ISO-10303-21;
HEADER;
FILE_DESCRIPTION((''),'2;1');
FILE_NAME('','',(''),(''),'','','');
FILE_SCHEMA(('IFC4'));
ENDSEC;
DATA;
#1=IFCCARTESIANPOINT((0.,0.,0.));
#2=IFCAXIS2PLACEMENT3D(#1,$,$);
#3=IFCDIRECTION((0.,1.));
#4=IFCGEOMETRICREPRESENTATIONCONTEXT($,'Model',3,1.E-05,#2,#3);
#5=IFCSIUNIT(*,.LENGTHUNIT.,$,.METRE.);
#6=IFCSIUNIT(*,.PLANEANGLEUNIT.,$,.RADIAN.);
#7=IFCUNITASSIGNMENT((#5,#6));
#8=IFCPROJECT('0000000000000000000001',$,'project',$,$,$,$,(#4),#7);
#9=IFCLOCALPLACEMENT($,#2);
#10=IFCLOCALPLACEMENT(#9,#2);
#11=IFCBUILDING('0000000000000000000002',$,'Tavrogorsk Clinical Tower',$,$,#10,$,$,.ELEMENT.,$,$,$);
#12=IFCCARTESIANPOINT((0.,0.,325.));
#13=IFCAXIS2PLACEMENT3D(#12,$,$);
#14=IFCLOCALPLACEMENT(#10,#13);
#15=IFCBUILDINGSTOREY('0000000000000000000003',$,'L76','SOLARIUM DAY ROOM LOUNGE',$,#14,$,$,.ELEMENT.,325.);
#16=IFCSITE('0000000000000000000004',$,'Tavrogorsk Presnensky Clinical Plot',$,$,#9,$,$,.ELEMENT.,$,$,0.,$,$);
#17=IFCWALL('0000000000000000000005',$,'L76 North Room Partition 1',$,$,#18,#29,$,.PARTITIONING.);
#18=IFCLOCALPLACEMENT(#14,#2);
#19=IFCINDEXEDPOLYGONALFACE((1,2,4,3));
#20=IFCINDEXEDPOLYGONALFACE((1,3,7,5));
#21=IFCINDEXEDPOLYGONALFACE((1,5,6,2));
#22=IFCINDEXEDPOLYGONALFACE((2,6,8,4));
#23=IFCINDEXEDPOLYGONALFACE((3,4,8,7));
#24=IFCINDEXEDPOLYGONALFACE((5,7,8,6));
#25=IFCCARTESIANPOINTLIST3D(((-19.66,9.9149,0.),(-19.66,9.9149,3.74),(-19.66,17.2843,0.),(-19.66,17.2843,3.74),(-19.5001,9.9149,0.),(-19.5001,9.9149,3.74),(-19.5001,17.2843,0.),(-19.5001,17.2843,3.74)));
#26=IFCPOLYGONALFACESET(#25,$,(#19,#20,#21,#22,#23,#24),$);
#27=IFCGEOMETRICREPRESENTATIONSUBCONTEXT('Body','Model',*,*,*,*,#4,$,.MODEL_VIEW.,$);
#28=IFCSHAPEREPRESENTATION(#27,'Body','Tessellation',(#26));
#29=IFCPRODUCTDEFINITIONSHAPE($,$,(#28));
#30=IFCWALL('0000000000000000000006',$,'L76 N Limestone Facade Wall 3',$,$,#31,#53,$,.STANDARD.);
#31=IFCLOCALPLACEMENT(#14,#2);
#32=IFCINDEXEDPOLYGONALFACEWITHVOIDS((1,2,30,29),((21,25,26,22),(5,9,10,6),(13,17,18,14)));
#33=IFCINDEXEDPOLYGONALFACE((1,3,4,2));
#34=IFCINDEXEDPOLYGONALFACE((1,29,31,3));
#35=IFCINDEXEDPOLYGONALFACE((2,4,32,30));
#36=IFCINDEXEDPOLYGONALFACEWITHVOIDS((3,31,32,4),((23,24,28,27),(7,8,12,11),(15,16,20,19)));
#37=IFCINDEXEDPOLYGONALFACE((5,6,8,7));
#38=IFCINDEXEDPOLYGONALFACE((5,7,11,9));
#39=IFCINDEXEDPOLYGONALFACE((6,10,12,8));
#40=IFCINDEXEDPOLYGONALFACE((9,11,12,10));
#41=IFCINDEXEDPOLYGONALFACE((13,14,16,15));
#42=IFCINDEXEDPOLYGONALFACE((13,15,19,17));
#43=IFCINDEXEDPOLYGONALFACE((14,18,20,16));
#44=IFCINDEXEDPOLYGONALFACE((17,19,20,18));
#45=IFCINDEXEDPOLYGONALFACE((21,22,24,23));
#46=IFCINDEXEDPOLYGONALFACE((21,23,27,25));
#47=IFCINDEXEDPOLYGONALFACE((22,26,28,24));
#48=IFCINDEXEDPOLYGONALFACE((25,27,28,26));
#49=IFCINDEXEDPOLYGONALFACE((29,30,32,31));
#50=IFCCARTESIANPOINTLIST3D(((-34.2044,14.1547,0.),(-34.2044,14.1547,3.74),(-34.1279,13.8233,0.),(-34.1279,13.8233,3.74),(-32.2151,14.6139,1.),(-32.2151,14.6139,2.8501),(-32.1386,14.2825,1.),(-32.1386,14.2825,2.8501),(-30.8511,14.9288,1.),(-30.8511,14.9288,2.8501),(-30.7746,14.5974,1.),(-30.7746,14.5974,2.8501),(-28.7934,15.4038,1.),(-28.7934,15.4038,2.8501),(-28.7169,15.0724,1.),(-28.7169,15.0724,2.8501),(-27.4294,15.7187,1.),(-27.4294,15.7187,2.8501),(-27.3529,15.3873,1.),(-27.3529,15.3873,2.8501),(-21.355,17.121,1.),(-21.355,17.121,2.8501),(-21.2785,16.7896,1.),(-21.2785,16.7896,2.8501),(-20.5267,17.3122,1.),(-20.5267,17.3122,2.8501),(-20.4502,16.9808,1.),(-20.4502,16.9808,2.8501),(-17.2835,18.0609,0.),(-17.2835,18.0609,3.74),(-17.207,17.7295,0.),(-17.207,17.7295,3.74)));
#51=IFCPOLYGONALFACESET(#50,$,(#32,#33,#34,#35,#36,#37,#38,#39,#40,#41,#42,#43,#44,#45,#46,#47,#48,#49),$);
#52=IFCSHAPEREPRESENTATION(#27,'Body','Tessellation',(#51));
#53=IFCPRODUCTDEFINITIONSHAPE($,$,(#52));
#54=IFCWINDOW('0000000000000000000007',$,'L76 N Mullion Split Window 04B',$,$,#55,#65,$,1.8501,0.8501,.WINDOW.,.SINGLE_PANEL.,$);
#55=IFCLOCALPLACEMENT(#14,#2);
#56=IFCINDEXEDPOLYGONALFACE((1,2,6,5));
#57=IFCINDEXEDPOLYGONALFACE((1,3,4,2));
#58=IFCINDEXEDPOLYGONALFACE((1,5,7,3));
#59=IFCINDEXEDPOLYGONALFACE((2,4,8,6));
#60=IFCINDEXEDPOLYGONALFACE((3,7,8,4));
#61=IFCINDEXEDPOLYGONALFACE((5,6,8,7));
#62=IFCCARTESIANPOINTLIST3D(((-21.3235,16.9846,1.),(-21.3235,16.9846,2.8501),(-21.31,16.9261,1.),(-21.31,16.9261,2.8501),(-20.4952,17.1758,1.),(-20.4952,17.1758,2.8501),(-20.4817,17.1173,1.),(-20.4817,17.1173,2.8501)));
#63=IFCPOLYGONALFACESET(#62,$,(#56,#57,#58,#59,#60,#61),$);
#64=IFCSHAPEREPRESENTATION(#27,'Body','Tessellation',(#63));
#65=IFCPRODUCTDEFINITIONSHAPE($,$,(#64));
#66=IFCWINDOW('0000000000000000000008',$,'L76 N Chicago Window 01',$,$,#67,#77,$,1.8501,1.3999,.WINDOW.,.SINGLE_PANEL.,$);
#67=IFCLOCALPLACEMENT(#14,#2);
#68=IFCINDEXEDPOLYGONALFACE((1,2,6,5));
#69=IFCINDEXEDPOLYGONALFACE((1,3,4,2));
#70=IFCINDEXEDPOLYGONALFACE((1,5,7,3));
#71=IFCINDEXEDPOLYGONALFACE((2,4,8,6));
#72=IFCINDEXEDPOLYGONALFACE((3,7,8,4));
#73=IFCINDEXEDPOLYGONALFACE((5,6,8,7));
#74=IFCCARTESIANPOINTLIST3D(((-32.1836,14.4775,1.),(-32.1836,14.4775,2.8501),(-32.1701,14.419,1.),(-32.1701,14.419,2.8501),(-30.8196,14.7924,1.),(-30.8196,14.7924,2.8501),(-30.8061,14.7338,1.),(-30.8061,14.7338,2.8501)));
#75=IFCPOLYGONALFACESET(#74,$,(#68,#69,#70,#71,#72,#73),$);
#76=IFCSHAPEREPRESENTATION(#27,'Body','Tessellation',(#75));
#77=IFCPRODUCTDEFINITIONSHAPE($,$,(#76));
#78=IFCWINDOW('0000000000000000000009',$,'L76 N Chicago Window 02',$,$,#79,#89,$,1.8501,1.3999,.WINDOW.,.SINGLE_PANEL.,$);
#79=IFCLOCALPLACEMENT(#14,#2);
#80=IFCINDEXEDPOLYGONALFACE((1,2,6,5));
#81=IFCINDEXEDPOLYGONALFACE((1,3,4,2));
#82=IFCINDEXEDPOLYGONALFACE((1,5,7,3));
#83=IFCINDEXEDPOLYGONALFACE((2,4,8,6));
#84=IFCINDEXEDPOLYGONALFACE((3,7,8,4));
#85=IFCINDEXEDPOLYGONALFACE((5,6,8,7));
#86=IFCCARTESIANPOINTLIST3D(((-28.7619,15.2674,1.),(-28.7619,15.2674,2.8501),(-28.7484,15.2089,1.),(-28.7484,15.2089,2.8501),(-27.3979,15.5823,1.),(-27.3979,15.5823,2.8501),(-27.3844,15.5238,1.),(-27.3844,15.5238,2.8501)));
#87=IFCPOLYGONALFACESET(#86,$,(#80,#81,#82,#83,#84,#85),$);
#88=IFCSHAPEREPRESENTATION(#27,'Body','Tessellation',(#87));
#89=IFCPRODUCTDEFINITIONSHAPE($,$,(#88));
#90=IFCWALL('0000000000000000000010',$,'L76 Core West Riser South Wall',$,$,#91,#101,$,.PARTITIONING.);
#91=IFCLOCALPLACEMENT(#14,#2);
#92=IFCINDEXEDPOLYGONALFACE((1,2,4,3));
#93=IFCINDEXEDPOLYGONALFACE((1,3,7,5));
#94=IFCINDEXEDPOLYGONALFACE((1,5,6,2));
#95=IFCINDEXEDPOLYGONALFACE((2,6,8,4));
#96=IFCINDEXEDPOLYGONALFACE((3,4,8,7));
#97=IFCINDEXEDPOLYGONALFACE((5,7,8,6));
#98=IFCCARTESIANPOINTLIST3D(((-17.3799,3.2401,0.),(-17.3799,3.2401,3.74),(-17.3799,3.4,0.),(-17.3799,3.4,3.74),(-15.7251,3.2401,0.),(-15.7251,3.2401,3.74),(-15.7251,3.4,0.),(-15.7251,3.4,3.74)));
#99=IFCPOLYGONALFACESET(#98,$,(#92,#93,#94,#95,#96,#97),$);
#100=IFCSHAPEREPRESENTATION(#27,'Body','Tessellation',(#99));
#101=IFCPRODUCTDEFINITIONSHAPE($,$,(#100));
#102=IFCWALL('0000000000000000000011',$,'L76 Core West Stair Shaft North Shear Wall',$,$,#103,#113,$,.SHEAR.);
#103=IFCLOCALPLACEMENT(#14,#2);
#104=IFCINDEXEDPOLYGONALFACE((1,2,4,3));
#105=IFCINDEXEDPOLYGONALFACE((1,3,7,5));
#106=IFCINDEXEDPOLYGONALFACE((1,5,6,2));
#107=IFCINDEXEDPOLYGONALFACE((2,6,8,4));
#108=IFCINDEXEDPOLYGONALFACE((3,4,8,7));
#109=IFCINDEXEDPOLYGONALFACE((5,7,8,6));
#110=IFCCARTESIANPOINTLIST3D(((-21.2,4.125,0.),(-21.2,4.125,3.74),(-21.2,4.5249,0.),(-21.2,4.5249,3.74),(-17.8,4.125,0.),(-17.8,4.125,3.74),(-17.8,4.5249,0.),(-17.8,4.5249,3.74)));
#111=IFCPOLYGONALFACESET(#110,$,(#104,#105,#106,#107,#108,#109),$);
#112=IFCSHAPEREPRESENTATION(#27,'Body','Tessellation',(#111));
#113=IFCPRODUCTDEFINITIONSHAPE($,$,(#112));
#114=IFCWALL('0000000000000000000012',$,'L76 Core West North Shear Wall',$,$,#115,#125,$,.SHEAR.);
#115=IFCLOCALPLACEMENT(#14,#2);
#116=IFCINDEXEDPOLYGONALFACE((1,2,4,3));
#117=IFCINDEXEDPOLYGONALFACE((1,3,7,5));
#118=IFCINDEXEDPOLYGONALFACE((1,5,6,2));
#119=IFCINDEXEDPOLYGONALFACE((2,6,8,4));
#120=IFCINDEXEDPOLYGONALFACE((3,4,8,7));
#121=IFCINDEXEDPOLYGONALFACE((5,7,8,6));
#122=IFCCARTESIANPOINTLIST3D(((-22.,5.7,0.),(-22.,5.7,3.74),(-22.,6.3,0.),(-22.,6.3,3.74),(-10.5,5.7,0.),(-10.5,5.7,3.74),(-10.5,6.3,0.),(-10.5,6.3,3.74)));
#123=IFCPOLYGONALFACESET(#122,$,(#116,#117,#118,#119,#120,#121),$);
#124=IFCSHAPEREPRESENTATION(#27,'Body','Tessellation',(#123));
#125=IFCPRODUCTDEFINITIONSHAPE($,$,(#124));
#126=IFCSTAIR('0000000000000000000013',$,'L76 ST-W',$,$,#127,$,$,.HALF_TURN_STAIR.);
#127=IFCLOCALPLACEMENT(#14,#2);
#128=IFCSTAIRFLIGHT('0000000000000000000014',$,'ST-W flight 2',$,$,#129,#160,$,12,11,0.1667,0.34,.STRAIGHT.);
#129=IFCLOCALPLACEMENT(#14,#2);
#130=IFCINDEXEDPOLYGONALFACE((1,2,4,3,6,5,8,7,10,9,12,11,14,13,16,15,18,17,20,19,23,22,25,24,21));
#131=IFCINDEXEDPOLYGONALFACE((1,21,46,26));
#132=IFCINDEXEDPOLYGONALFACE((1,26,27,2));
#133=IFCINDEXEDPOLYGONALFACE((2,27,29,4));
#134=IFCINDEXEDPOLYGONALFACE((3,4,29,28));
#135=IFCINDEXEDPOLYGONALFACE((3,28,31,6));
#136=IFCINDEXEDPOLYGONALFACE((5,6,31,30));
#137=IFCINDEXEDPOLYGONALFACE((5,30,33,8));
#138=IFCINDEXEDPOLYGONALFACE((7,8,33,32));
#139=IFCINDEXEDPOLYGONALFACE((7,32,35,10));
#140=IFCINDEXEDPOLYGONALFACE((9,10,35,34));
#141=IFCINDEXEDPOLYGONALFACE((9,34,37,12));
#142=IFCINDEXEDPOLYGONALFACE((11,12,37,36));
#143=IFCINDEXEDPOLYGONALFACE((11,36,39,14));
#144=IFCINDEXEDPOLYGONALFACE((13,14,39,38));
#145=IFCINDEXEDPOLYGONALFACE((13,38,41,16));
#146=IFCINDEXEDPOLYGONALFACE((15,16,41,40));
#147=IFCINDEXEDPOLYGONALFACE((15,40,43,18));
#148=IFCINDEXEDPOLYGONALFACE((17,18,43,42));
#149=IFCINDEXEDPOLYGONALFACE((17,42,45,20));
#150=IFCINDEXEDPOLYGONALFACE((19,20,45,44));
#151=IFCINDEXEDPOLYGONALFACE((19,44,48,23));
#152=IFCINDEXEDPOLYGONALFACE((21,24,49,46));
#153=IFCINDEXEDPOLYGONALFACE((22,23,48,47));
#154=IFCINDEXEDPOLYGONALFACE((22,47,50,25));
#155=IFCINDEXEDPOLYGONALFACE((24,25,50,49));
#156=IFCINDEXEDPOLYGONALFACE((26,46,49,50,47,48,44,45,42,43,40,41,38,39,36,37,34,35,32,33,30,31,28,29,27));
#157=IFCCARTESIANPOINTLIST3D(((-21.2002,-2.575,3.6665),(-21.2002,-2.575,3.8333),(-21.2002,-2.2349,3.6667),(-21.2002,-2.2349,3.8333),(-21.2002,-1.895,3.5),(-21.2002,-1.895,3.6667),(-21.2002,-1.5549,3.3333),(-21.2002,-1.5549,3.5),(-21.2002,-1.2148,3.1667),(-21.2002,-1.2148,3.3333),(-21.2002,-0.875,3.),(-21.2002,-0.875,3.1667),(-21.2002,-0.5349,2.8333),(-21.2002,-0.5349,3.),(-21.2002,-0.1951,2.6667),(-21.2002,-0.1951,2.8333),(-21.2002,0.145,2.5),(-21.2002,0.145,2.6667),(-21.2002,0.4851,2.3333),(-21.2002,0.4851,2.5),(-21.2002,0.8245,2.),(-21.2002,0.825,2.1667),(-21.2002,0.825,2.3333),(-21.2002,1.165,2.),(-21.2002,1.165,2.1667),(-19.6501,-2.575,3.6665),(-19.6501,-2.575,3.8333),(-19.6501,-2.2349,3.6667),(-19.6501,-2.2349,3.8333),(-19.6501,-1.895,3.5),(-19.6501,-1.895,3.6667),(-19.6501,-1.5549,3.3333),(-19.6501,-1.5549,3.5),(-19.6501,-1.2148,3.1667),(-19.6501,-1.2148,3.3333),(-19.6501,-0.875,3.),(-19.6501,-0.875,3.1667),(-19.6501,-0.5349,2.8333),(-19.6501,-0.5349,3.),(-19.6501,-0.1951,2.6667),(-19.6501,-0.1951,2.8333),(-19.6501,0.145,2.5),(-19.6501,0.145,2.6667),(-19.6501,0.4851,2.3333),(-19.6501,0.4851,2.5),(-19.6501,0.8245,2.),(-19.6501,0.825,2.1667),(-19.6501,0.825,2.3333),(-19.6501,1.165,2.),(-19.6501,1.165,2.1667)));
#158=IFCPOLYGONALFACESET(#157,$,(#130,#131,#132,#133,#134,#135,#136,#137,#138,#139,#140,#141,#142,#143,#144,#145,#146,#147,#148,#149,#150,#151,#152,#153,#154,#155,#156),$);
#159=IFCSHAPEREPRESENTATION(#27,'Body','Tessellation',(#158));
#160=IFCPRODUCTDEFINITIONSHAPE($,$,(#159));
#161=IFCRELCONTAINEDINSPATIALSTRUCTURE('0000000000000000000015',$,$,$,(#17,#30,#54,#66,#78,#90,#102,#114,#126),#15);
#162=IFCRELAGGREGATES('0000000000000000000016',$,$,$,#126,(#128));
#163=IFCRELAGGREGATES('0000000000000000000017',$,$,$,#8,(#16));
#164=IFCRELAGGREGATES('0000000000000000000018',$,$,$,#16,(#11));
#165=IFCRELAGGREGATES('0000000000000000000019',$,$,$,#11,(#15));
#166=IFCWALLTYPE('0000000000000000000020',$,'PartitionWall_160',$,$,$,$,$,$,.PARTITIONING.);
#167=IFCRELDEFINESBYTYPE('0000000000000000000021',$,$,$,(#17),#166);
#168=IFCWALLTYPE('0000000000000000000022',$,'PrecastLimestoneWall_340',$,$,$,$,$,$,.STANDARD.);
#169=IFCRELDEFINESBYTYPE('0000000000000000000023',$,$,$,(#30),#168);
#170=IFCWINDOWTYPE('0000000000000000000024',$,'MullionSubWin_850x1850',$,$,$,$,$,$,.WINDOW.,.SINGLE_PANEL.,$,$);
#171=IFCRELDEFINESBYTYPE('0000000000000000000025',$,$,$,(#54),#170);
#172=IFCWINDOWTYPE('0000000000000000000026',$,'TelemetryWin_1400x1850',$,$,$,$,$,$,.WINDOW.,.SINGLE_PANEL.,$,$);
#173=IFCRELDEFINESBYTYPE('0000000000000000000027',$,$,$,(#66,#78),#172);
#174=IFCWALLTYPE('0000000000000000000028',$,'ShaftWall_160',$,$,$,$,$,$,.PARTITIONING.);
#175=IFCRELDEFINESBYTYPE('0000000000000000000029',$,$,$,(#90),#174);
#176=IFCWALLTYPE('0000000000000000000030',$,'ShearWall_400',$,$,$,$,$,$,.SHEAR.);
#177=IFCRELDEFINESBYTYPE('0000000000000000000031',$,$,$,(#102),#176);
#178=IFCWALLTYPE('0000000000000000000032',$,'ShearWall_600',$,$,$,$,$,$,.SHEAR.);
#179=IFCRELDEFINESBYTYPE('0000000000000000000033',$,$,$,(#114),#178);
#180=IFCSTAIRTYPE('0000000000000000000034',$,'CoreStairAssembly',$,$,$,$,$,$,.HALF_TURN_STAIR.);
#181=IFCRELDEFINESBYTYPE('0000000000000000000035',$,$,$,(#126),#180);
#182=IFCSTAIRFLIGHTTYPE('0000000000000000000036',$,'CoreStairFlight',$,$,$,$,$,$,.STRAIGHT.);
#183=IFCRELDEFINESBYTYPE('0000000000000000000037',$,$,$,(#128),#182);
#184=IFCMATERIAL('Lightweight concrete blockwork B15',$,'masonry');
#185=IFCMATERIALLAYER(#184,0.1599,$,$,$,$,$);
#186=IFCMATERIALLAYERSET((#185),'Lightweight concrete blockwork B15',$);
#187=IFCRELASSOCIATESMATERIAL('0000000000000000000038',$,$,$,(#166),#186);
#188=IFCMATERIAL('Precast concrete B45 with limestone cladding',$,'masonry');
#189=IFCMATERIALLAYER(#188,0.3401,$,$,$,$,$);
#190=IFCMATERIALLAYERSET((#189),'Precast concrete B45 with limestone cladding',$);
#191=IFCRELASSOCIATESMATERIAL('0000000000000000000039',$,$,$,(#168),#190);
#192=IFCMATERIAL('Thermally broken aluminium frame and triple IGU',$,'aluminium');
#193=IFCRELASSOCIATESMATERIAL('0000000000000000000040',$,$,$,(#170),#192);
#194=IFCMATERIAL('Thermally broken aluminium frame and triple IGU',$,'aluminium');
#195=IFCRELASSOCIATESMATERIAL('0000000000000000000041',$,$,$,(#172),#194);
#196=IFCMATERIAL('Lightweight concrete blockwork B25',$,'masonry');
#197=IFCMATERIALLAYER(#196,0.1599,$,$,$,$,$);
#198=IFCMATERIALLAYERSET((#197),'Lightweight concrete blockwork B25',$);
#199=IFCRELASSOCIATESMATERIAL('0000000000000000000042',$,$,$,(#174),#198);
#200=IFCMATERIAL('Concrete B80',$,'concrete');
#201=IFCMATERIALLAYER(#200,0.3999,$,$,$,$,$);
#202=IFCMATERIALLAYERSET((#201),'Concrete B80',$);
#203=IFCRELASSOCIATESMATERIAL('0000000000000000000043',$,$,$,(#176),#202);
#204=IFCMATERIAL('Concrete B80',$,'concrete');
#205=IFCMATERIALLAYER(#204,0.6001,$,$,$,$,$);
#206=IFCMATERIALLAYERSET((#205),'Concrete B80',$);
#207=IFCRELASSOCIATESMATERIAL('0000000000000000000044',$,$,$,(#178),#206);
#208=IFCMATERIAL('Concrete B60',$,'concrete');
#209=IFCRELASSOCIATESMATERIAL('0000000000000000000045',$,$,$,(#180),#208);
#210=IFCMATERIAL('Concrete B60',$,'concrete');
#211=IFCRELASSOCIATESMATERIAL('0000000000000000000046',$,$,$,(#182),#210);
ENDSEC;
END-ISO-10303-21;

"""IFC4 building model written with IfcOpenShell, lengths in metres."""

from ifc_helpers import new_model, si_unit, direction, frame, frame_2d, origin, place, context, subcontext, project, spatial, polyline, rectangle, outline, extrude, material, layer, layer_set, type_object, element, fill, aggregate, save


model = new_model("IFC4")

# Units and contexts
model_context = context("Model", 3, precision=1e-05, world=origin(), true_north=direction((0.0, 1.0)))
body_context = subcontext(model_context, "Body", "Model", "MODEL_VIEW")
ifc_project = project(units=[si_unit("LENGTHUNIT", "METRE"), si_unit("PLANEANGLEUNIT", "RADIAN")], contexts=[model_context])

# Site, building, storey
site_placement = place(None, origin())
site = spatial("IfcSite", under=ifc_project, at=site_placement, Name="Tavrogorsk Presnensky Clinical Plot", CompositionType="ELEMENT", RefElevation=0.0)
building_placement = place(site_placement, origin())
building = spatial("IfcBuilding", under=site, at=building_placement, Name="Tavrogorsk Clinical Tower", CompositionType="ELEMENT")
storey_placement = place(building_placement, frame((0.0, 0.0, 325.0)))
storey = spatial("IfcBuildingStorey", under=building, at=storey_placement, Name="L76", Description="SOLARIUM DAY ROOM LOUNGE", CompositionType="ELEMENT", Elevation=325.0)

# Shared definitions
ifc_material_1 = material(Name="Lightweight concrete blockwork B15", Category="masonry")
ifc_layer_1 = layer(ifc_material_1, 0.1599)
ifc_layer_set_1 = layer_set([ifc_layer_1], Name="Lightweight concrete blockwork B15")
wall_type_1 = type_object("IfcWallType", Name="PartitionWall_160", PredefinedType="PARTITIONING", material=ifc_layer_set_1)

# Wall
wall_1_placement = place(storey_placement, frame((-19.5801, 9.915, 0.0), z_axis=(0.0, 0.0, 1.0), x_axis=(0.0, 1.0, 0.0)))
element("IfcWall", 1, at=wall_1_placement, inside=storey, type_object=wall_type_1, Name="L76 North Room Partition 1", PredefinedType="PARTITIONING", context=body_context, shape_type="SweptSolid", body=[
    extrude(rectangle(XDim=7.3694, YDim=0.1599, at=frame_2d((3.6846, 0.0))), origin(), (0.0, 0.0, 1.0), 3.74),
])

# Wall, openings, windows
ifc_material_2 = material(Name="Precast concrete B45 with limestone cladding", Category="masonry")
ifc_layer_2 = layer(ifc_material_2, 0.3401)
ifc_layer_set_2 = layer_set([ifc_layer_2], Name="Precast concrete B45 with limestone cladding")
wall_type_2 = type_object("IfcWallType", Name="PrecastLimestoneWall_340", PredefinedType="STANDARD", material=ifc_layer_set_2)
wall_2_placement = place(storey_placement, frame((-17.2451, 17.8953, 0.0), z_axis=(0.0, 0.0, 1.0), x_axis=(-0.974373, -0.224938, 0.0)))
wall_2 = element("IfcWall", 2, at=wall_2_placement, inside=storey, type_object=wall_type_2, Name="L76 N Limestone Facade Wall 3", PredefinedType="STANDARD", context=body_context, shape_type="SweptSolid", body=[
    extrude(rectangle(XDim=17.366, YDim=0.3401, at=frame_2d((8.6831, 0.0))), origin(), (0.0, 0.0, 1.0), 3.74),
])
opening_1_placement = place(wall_2_placement, frame((13.9246, 0.0, 1.0)))
opening_1 = element("IfcOpeningElement", 3, at=opening_1_placement, cuts=wall_2, PredefinedType="OPENING", context=body_context, shape_type="SweptSolid", body=[
    extrude(rectangle(XDim=1.3999, YDim=1.8501, at=frame_2d((0.7, 0.925))), frame((0.0, 0.1799, 0.0), z_axis=(0.0, -1.0, 0.0), x_axis=(1.0, 0.0, 0.0)), (0.0, 0.0, 1.0), 0.3601),
])
opening_2_placement = place(wall_2_placement, frame((10.4128, 0.0, 1.0)))
opening_2 = element("IfcOpeningElement", 4, at=opening_2_placement, cuts=wall_2, PredefinedType="OPENING", context=body_context, shape_type="SweptSolid", body=[
    extrude(rectangle(XDim=1.3999, YDim=1.8501, at=frame_2d((0.7, 0.925))), frame((0.0, 0.1799, 0.0), z_axis=(0.0, -1.0, 0.0), x_axis=(1.0, 0.0, 0.0)), (0.0, 0.0, 1.0), 0.3601),
])
opening_3_placement = place(wall_2_placement, frame((3.3286, 0.0, 1.0)))
opening_3 = element("IfcOpeningElement", 5, at=opening_3_placement, cuts=wall_2, PredefinedType="OPENING", context=body_context, shape_type="SweptSolid", body=[
    extrude(rectangle(XDim=0.8501, YDim=1.8501, at=frame_2d((0.425, 0.925))), frame((0.0, 0.1799, 0.0), z_axis=(0.0, -1.0, 0.0), x_axis=(1.0, 0.0, 0.0)), (0.0, 0.0, 1.0), 0.3601),
])
ifc_material_3 = material(Name="Thermally broken aluminium frame and triple IGU", Category="aluminium")
window_type_1 = type_object("IfcWindowType", Name="MullionSubWin_850x1850", PartitioningType="SINGLE_PANEL", PredefinedType="WINDOW", material=ifc_material_3)
window_1_placement = place(opening_3_placement, origin())
window_1 = element("IfcWindow", 6, at=window_1_placement, inside=storey, type_object=window_type_1, Name="L76 N Mullion Split Window 04B", OverallHeight=1.8501, OverallWidth=0.8501, PartitioningType="SINGLE_PANEL", PredefinedType="WINDOW", context=body_context, shape_type="SweptSolid", body=[
    extrude(rectangle(XDim=0.8501, YDim=1.8501, at=frame_2d((0.425, 0.925))), frame((0.0, 0.03, 0.0), z_axis=(0.0, -1.0, 0.0), x_axis=(1.0, 0.0, 0.0)), (0.0, 0.0, 1.0), 0.0601),
])
fill(opening_3, window_1)
ifc_material_4 = material(Name="Thermally broken aluminium frame and triple IGU", Category="aluminium")
window_type_2 = type_object("IfcWindowType", Name="TelemetryWin_1400x1850", PartitioningType="SINGLE_PANEL", PredefinedType="WINDOW", material=ifc_material_4)
window_2_placement = place(opening_1_placement, origin())
window_2 = element("IfcWindow", 7, at=window_2_placement, inside=storey, type_object=window_type_2, Name="L76 N Chicago Window 01", OverallHeight=1.8501, OverallWidth=1.3999, PartitioningType="SINGLE_PANEL", PredefinedType="WINDOW", context=body_context, shape_type="SweptSolid", body=[
    extrude(rectangle(XDim=1.3999, YDim=1.8501, at=frame_2d((0.7, 0.925))), frame((0.0, 0.03, 0.0), z_axis=(0.0, -1.0, 0.0), x_axis=(1.0, 0.0, 0.0)), (0.0, 0.0, 1.0), 0.0601),
])
fill(opening_1, window_2)
window_3_placement = place(opening_2_placement, origin())
window_3 = element("IfcWindow", 8, at=window_3_placement, inside=storey, type_object=window_type_2, Name="L76 N Chicago Window 02", OverallHeight=1.8501, OverallWidth=1.3999, PartitioningType="SINGLE_PANEL", PredefinedType="WINDOW", context=body_context, shape_type="SweptSolid", body=[
    extrude(rectangle(XDim=1.3999, YDim=1.8501, at=frame_2d((0.7, 0.925))), frame((0.0, 0.03, 0.0), z_axis=(0.0, -1.0, 0.0), x_axis=(1.0, 0.0, 0.0)), (0.0, 0.0, 1.0), 0.0601),
])
fill(opening_2, window_3)

# Walls
ifc_material_5 = material(Name="Lightweight concrete blockwork B25", Category="masonry")
ifc_layer_3 = layer(ifc_material_5, 0.1599)
ifc_layer_set_3 = layer_set([ifc_layer_3], Name="Lightweight concrete blockwork B25")
wall_type_3 = type_object("IfcWallType", Name="ShaftWall_160", PredefinedType="PARTITIONING", material=ifc_layer_set_3)
wall_3_placement = place(storey_placement, frame((-17.3799, 3.3201, 0.0), z_axis=(0.0, 0.0, 1.0), x_axis=(1.0, 0.0, 0.0)))
element("IfcWall", 9, at=wall_3_placement, inside=storey, type_object=wall_type_3, Name="L76 Core West Riser South Wall", PredefinedType="PARTITIONING", context=body_context, shape_type="SweptSolid", body=[
    extrude(rectangle(XDim=1.6548, YDim=0.1599, at=frame_2d((0.8274, 0.0))), origin(), (0.0, 0.0, 1.0), 3.74),
])
ifc_material_6 = material(Name="Concrete B80", Category="concrete")
ifc_layer_4 = layer(ifc_material_6, 0.3999)
ifc_layer_set_4 = layer_set([ifc_layer_4], Name="Concrete B80")
wall_type_4 = type_object("IfcWallType", Name="ShearWall_400", PredefinedType="SHEAR", material=ifc_layer_set_4)
wall_4_placement = place(storey_placement, frame((-21.2, 4.325, 0.0), z_axis=(0.0, 0.0, 1.0), x_axis=(1.0, 0.0, 0.0)))
element("IfcWall", 10, at=wall_4_placement, inside=storey, type_object=wall_type_4, Name="L76 Core West Stair Shaft North Shear Wall", PredefinedType="SHEAR", context=body_context, shape_type="SweptSolid", body=[
    extrude(rectangle(XDim=3.3999, YDim=0.3999, at=frame_2d((1.7, 0.0))), origin(), (0.0, 0.0, 1.0), 3.74),
])
ifc_material_7 = material(Name="Concrete B80", Category="concrete")
ifc_layer_5 = layer(ifc_material_7, 0.6001)
ifc_layer_set_5 = layer_set([ifc_layer_5], Name="Concrete B80")
wall_type_5 = type_object("IfcWallType", Name="ShearWall_600", PredefinedType="SHEAR", material=ifc_layer_set_5)
wall_5_placement = place(storey_placement, frame((-22.0, 6.0, 0.0), z_axis=(0.0, 0.0, 1.0), x_axis=(1.0, 0.0, 0.0)))
element("IfcWall", 11, at=wall_5_placement, inside=storey, type_object=wall_type_5, Name="L76 Core West North Shear Wall", PredefinedType="SHEAR", context=body_context, shape_type="SweptSolid", body=[
    extrude(rectangle(XDim=11.5, YDim=0.6001, at=frame_2d((5.75, 0.0))), origin(), (0.0, 0.0, 1.0), 3.74),
])

# Stair, stair flight
ifc_material_8 = material(Name="Concrete B60", Category="concrete")
stair_type = type_object("IfcStairType", Name="CoreStairAssembly", PredefinedType="HALF_TURN_STAIR", material=ifc_material_8)
stair_placement = place(storey_placement, origin())
stair = element("IfcStair", 12, at=stair_placement, inside=storey, type_object=stair_type, Name="L76 ST-W", PredefinedType="HALF_TURN_STAIR")
ifc_material_9 = material(Name="Concrete B60", Category="concrete")
stair_flight_type = type_object("IfcStairFlightType", Name="CoreStairFlight", PredefinedType="STRAIGHT", material=ifc_material_9)
stair_flight_placement = place(storey_placement, frame((-20.425, 1.165, 2.0), z_axis=(0.0, 0.0, 1.0), x_axis=(0.0, -1.0, 0.0)))
stair_flight = element("IfcStairFlight", 13, at=stair_flight_placement, type_object=stair_flight_type, Name="ST-W flight 2", NumberOfRisers=12, NumberOfTreads=11, PredefinedType="STRAIGHT", RiserHeight=0.1667, TreadLength=0.34, context=body_context, shape_type="SweptSolid", body=[
    extrude(outline(polyline([(0.0, 0.0), (0.0, 0.1667), (0.3401, 0.1667), (0.3401, 0.3333), (0.6799, 0.3333), (0.6799, 0.5), (1.02, 0.5), (1.02, 0.6667), (1.3601, 0.6667), (1.3601, 0.8333), (1.7, 0.8333), (1.7, 1.0), (2.04, 1.0), (2.04, 1.1667), (2.3799, 1.1667), (2.3799, 1.3333), (2.72, 1.3333), (2.72, 1.5), (3.0601, 1.5), (3.0601, 1.6667), (3.3999, 1.6667), (3.3999, 1.8333), (3.74, 1.8333), (3.74, 2.0), (3.74, 1.6665), (0.3406, 0.0), (0.0, 0.0)])), frame((0.0, 0.7749, 0.0), z_axis=(0.0, -1.0, 0.0), x_axis=(1.0, 0.0, 0.0)), (0.0, 0.0, 1.0), 1.55),
])
aggregate(stair, [stair_flight])

save(model, "model.ifc")
